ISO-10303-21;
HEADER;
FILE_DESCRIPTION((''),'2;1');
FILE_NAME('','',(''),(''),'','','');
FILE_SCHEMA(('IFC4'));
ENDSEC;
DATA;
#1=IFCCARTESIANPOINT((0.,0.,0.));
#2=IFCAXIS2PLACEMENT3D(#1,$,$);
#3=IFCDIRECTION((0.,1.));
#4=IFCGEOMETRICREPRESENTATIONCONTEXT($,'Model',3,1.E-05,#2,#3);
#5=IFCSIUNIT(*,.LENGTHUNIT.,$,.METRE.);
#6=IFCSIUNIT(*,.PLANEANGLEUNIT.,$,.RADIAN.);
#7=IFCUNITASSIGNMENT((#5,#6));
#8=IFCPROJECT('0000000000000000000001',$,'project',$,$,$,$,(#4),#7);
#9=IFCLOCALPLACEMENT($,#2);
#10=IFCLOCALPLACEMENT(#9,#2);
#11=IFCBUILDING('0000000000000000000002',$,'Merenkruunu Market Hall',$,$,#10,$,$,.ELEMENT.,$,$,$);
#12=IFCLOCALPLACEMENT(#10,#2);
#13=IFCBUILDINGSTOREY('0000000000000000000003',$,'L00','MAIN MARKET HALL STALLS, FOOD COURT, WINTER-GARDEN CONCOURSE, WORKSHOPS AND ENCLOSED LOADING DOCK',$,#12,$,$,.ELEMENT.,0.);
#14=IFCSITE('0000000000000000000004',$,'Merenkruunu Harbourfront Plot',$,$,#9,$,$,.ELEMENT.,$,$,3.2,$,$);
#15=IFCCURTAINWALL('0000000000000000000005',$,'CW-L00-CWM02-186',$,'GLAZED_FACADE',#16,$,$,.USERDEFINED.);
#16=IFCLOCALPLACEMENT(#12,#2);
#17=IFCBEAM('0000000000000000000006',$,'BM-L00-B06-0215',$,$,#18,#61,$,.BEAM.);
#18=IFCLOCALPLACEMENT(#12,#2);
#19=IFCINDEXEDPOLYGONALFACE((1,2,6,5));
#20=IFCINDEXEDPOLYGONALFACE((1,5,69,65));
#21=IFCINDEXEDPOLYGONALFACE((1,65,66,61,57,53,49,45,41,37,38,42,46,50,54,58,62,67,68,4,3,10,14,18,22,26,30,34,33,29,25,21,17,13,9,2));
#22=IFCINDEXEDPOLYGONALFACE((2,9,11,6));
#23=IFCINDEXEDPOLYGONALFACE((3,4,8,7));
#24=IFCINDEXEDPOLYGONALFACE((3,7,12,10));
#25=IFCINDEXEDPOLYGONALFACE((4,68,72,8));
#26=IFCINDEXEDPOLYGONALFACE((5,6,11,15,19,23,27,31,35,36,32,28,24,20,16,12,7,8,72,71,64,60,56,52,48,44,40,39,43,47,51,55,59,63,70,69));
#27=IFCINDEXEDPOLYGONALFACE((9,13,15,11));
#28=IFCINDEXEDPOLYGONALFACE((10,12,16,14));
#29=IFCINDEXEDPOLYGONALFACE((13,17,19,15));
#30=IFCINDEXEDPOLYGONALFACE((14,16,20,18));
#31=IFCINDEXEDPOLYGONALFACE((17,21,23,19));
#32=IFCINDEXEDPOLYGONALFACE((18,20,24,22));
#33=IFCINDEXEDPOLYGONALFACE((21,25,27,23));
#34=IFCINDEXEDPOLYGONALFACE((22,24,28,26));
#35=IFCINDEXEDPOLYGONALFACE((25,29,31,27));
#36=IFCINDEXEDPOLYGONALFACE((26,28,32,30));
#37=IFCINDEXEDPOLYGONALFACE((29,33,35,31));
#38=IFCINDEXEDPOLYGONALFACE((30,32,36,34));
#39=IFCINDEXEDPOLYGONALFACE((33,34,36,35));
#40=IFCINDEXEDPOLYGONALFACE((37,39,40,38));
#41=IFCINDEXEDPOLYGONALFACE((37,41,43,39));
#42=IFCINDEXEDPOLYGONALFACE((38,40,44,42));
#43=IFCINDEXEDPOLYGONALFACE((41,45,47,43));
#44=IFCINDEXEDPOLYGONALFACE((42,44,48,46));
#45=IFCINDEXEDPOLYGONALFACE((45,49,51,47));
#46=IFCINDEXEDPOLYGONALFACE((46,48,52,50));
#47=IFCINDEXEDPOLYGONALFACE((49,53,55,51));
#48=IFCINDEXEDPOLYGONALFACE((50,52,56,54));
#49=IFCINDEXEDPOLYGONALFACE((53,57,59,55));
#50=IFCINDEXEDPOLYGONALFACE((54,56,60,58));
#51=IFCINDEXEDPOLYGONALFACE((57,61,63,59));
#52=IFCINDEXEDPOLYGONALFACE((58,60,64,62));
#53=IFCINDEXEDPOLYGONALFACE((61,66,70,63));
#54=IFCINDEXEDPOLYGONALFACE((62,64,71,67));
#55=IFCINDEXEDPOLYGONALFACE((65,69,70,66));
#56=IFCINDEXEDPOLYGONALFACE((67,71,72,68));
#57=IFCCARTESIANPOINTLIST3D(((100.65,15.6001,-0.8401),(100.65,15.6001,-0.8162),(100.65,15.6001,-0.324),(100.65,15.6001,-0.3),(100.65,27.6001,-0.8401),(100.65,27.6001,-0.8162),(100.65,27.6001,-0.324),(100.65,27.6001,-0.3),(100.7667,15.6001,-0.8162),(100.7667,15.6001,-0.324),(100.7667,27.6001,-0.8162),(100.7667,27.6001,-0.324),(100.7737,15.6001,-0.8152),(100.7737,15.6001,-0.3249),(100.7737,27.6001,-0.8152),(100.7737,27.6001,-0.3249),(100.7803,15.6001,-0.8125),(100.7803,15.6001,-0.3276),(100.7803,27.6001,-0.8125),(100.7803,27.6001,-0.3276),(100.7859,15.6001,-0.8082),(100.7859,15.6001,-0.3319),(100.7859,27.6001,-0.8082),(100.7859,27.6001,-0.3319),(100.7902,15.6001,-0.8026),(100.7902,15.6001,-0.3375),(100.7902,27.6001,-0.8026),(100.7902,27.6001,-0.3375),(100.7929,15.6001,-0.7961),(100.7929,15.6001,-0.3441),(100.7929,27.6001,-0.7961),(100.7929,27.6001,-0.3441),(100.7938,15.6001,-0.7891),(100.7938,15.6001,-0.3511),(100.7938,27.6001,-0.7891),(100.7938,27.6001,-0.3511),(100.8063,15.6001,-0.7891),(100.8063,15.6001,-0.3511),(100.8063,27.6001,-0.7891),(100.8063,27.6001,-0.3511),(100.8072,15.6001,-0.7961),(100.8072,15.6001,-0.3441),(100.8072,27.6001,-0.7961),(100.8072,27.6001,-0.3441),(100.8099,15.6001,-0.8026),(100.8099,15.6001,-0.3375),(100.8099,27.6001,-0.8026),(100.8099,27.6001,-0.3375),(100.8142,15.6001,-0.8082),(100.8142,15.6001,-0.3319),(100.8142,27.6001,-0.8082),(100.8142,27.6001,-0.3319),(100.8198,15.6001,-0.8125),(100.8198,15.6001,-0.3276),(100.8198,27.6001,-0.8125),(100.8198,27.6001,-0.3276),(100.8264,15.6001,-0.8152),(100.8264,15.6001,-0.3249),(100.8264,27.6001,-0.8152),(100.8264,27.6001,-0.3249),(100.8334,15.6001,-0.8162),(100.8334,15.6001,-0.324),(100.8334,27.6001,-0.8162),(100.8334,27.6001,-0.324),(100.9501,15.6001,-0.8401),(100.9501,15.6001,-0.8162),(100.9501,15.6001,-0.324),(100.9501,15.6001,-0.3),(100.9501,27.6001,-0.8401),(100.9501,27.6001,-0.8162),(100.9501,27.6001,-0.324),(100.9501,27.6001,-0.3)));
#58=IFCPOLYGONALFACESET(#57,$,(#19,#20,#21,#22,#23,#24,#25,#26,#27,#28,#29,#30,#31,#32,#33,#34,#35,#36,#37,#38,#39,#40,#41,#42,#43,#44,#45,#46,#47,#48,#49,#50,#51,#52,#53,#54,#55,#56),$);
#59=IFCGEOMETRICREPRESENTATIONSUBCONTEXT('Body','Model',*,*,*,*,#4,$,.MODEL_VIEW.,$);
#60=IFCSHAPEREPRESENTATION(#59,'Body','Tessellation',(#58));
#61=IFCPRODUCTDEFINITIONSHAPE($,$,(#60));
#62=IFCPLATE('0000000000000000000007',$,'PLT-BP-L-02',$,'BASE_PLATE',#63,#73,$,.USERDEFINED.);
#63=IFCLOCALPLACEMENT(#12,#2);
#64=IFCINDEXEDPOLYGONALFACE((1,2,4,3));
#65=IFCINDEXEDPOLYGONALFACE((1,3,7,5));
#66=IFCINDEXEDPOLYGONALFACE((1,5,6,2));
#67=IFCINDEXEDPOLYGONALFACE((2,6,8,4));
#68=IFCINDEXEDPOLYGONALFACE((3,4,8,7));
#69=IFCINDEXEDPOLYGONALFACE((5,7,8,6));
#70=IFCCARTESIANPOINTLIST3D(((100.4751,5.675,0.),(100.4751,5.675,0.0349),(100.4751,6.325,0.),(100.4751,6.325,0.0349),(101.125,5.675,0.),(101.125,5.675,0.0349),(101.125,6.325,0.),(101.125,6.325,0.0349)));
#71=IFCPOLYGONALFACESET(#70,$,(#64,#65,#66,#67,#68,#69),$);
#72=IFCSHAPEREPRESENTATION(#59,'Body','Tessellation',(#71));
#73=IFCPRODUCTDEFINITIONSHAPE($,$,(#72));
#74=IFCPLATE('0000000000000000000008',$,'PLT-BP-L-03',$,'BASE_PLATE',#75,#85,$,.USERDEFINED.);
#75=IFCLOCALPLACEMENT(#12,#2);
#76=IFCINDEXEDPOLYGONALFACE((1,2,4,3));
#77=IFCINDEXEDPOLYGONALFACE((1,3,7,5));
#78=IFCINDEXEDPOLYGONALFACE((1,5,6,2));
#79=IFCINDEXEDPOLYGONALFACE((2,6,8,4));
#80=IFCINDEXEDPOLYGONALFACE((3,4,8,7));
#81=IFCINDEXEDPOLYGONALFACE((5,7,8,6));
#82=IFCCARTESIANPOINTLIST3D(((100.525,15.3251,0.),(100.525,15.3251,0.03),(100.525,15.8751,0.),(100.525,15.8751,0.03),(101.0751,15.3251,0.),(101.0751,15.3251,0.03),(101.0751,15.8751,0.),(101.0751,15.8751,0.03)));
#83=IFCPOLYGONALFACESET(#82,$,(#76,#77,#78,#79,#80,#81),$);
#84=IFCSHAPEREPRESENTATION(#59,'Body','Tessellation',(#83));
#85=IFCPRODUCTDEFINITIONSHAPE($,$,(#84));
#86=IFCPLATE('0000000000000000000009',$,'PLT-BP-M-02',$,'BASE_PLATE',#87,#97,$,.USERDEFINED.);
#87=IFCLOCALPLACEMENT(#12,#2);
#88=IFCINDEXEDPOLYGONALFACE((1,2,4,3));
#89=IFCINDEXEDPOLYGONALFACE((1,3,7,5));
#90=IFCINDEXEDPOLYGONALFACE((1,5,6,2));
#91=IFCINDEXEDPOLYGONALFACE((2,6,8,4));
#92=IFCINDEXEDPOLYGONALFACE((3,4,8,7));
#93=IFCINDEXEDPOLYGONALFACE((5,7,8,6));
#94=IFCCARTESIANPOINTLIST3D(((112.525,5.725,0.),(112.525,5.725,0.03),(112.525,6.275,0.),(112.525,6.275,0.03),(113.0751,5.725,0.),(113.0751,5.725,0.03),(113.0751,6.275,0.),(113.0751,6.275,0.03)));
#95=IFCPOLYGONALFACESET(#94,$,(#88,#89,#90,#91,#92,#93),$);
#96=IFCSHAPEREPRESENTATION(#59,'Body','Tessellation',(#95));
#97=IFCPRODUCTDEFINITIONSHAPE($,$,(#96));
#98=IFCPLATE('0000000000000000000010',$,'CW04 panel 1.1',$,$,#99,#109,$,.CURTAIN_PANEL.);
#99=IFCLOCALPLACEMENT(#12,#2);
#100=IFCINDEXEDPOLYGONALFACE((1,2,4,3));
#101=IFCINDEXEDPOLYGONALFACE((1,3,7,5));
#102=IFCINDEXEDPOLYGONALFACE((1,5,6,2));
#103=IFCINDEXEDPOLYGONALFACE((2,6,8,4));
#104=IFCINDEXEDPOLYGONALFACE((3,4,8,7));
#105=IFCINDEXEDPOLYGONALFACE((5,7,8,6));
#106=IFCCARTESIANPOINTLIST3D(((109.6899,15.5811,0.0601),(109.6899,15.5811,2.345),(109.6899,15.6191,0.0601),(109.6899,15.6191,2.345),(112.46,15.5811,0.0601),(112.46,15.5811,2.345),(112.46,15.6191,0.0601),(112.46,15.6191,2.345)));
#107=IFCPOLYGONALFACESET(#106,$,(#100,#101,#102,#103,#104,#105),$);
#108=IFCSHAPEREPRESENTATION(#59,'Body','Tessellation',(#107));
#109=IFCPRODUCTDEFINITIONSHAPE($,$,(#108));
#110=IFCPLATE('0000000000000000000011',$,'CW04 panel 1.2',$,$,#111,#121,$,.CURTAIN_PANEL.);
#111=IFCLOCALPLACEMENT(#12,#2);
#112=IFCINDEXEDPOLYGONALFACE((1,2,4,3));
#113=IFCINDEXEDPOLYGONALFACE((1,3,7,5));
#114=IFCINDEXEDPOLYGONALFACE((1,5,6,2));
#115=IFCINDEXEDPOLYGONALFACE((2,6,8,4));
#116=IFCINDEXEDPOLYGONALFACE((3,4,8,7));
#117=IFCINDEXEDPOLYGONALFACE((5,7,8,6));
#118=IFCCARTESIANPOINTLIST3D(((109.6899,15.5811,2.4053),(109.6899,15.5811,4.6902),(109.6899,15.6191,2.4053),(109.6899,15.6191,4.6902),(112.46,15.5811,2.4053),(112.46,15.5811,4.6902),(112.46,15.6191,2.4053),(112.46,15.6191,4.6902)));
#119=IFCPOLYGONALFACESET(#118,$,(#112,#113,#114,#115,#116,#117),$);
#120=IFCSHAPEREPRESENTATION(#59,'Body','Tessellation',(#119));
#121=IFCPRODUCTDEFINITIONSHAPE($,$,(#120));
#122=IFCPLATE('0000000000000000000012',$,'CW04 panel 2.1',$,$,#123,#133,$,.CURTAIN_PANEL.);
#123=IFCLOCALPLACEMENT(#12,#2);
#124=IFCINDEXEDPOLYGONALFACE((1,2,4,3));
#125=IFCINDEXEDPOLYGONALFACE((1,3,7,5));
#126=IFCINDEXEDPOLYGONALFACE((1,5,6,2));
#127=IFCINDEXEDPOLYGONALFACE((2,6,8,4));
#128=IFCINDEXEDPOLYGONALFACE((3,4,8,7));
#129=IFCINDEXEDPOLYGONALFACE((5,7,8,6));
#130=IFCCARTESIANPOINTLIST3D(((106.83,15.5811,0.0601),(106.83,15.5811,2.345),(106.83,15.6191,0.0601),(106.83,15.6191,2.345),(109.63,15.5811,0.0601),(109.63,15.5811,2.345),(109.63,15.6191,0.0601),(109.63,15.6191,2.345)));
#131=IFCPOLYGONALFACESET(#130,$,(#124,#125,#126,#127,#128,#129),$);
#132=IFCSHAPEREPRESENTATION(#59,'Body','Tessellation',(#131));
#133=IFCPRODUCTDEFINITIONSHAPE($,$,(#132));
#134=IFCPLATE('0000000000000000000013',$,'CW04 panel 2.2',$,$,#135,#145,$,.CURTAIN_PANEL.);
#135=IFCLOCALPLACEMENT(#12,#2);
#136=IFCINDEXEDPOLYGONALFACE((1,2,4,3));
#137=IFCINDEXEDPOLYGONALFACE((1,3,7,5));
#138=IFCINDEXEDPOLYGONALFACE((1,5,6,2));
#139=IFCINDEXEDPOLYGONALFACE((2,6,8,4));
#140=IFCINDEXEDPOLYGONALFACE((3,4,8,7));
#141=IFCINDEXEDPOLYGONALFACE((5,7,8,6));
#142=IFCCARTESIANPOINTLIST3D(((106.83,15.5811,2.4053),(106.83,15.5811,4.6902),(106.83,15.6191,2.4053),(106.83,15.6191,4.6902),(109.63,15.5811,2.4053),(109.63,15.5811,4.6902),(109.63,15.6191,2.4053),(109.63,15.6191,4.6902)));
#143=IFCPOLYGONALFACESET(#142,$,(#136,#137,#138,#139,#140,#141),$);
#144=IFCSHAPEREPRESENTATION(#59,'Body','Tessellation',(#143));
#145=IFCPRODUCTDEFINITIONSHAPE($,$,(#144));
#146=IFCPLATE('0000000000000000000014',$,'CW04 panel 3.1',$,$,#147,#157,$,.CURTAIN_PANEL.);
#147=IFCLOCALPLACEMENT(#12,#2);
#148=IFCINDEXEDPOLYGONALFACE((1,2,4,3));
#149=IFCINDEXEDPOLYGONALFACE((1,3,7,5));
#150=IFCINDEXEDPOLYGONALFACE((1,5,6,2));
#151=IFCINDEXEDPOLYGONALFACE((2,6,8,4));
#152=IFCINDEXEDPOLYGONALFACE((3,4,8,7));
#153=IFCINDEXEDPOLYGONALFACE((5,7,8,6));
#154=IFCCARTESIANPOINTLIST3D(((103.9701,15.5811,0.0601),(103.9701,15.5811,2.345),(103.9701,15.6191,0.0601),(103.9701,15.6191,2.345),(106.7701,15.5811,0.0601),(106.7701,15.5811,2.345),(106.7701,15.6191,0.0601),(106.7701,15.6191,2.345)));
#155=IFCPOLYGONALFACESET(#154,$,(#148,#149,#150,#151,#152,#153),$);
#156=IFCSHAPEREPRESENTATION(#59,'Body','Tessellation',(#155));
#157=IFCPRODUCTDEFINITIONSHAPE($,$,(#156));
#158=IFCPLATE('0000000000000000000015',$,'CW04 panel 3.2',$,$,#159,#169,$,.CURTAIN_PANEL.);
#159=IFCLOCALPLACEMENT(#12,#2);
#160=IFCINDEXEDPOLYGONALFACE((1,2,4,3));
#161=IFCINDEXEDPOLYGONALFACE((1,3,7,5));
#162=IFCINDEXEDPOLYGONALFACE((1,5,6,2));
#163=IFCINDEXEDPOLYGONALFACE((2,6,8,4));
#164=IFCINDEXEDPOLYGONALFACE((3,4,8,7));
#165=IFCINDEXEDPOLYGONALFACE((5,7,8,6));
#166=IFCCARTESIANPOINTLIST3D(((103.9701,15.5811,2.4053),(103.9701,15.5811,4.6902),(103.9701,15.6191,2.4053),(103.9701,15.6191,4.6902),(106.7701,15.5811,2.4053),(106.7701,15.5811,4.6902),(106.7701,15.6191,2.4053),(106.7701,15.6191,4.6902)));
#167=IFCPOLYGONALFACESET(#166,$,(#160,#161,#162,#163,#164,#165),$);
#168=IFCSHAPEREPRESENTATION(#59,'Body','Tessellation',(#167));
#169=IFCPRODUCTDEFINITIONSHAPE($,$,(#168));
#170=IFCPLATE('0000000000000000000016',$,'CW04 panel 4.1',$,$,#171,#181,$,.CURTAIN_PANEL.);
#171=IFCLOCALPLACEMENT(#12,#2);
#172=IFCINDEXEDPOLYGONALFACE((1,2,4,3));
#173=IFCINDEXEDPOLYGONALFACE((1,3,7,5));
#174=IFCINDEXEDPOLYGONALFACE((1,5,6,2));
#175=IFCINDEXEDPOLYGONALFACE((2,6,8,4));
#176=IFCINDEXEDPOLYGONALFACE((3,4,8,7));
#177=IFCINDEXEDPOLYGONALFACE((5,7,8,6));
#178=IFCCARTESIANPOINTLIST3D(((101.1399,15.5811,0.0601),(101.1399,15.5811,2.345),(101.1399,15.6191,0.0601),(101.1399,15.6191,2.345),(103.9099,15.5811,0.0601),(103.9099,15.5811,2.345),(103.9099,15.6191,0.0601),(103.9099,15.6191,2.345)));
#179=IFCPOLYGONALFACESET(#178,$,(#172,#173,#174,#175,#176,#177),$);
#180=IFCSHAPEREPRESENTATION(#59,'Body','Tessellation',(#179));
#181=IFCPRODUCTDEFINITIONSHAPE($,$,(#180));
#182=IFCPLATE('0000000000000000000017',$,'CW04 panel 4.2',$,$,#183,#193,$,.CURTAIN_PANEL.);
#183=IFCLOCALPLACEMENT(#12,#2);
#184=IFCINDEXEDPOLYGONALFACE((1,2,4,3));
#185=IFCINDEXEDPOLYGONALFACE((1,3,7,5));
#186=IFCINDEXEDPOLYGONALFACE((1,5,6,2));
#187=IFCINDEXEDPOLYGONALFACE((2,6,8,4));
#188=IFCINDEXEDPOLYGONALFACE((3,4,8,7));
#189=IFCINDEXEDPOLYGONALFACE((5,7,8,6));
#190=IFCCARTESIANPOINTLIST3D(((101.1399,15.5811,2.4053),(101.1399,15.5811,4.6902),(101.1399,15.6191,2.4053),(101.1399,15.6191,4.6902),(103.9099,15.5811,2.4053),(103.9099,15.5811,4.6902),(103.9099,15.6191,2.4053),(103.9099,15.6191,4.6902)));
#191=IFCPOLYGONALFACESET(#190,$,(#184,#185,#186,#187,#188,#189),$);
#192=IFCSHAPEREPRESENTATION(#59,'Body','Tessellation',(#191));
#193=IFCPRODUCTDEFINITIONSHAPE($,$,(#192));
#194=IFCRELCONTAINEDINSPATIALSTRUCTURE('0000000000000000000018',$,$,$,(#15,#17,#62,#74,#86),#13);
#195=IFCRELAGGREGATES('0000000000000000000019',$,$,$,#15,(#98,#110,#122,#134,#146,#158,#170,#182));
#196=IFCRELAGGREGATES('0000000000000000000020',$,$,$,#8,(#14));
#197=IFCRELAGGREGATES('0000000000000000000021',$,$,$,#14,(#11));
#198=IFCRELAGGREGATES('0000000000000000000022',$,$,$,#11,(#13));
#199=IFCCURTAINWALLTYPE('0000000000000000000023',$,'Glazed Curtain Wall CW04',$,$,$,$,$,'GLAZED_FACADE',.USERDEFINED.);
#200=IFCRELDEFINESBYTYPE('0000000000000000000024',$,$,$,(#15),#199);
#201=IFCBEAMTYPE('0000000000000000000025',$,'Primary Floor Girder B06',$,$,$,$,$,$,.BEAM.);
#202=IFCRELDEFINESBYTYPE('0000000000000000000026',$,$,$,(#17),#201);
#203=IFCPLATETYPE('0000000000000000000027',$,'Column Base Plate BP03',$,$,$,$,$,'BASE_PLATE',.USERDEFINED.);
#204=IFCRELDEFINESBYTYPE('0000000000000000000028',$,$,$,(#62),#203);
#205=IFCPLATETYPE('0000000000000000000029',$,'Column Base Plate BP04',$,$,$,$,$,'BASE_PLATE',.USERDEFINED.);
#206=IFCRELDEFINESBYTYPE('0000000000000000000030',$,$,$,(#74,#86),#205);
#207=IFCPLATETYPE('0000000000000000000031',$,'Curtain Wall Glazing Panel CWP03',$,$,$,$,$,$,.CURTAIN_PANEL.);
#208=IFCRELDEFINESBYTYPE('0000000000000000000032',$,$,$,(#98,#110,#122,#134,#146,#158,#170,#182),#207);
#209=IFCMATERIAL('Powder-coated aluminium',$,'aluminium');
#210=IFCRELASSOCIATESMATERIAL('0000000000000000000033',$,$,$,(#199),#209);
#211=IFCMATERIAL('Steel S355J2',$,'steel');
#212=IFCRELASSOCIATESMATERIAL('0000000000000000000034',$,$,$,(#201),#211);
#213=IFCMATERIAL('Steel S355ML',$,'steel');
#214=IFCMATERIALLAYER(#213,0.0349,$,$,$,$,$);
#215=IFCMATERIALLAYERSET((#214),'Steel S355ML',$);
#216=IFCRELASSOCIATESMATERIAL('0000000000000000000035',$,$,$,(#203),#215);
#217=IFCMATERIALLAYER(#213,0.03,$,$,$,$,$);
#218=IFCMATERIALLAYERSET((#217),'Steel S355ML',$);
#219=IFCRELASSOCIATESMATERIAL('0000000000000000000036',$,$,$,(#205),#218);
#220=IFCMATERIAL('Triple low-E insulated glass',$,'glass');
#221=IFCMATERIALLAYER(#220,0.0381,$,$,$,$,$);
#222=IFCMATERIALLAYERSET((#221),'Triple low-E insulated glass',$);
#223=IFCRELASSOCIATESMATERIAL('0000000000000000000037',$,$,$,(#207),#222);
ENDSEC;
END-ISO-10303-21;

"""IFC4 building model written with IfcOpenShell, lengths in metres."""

from ifc_helpers import new_model, si_unit, direction, frame, origin, origin_2d, place, context, subcontext, project, spatial, rectangle, i_section, extrude, material, layer, layer_set, material_profile, profile_set, type_object, element, aggregate, save


model = new_model("IFC4")

# Units and contexts
model_context = context("Model", 3, precision=1e-05, world=origin(), true_north=direction((0.0, 1.0)))
body_context = subcontext(model_context, "Body", "Model", "MODEL_VIEW")
ifc_project = project(units=[si_unit("LENGTHUNIT", "METRE"), si_unit("PLANEANGLEUNIT", "RADIAN")], contexts=[model_context])

# Site, building, storey
site_placement = place(None, origin())
site = spatial("IfcSite", under=ifc_project, at=site_placement, Name="Merenkruunu Harbourfront Plot", CompositionType="ELEMENT", RefElevation=3.2)
building_placement = place(site_placement, origin())
building = spatial("IfcBuilding", under=site, at=building_placement, Name="Merenkruunu Market Hall", CompositionType="ELEMENT")
storey_placement = place(building_placement, origin())
storey = spatial("IfcBuildingStorey", under=building, at=storey_placement, Name="L00", Description="MAIN MARKET HALL STALLS, FOOD COURT, WINTER-GARDEN CONCOURSE, WORKSHOPS AND ENCLOSED LOADING DOCK", CompositionType="ELEMENT", Elevation=0.0)

# Shared definitions
ifc_material_1 = material(Name="Steel S355J2", Category="steel")
ifc_material_2 = material(Name="Steel S355ML", Category="steel")

# Curtain wall
ifc_material_3 = material(Name="Powder-coated aluminium", Category="aluminium")
curtain_wall_type = type_object("IfcCurtainWallType", Name="Glazed Curtain Wall CW04", ElementType="GLAZED_FACADE", PredefinedType="USERDEFINED", material=ifc_material_3)
curtain_wall_placement = place(storey_placement, origin())
curtain_wall = element("IfcCurtainWall", 1, at=curtain_wall_placement, inside=storey, type_object=curtain_wall_type, Name="CW-L00-CWM02-186", ObjectType="GLAZED_FACADE", PredefinedType="USERDEFINED")

# Beam
ifc_material_profile_1 = material_profile(ifc_material_1, i_section(OverallWidth=0.3, OverallDepth=0.54, WebThickness=0.0125, FlangeThickness=0.0239, FilletRadius=0.0271, at=origin_2d()), Name="HEA 550")
ifc_profile_set_1 = profile_set([ifc_material_profile_1], Name="Steel S355J2")
beam_type_1 = type_object("IfcBeamType", Name="Primary Floor Girder B06", PredefinedType="BEAM", material=ifc_profile_set_1)
beam_1_placement = place(storey_placement, frame((100.8, 15.6001, -0.5701), z_axis=(0.0, 1.0, 0.0), x_axis=(-1.0, 0.0, 0.0)))
element("IfcBeam", 2, at=beam_1_placement, inside=storey, type_object=beam_type_1, Name="BM-L00-B06-0215", PredefinedType="BEAM", context=body_context, shape_type="SweptSolid", body=[
    extrude(i_section(OverallWidth=0.3, OverallDepth=0.54, WebThickness=0.0125, FlangeThickness=0.0239, FilletRadius=0.0271, at=origin_2d()), origin(), (0.0, 0.0, 1.0), 12.0),
])

# Plates
ifc_layer_1 = layer(ifc_material_2, 0.0349)
ifc_layer_set_1 = layer_set([ifc_layer_1], Name="Steel S355ML")
plate_type_1 = type_object("IfcPlateType", Name="Column Base Plate BP03", ElementType="BASE_PLATE", PredefinedType="USERDEFINED", material=ifc_layer_set_1)
plate_1_placement = place(storey_placement, frame((100.8, 6.0, 0.0), z_axis=(0.0, 0.0, 1.0), x_axis=(1.0, 0.0, 0.0)))
element("IfcPlate", 3, at=plate_1_placement, inside=storey, type_object=plate_type_1, Name="PLT-BP-L-02", ObjectType="BASE_PLATE", PredefinedType="USERDEFINED", context=body_context, shape_type="SweptSolid", body=[
    extrude(rectangle(XDim=0.6499, YDim=0.6499, at=origin_2d()), origin(), (0.0, 0.0, 1.0), 0.0349),
])
ifc_layer_2 = layer(ifc_material_2, 0.03)
ifc_layer_set_2 = layer_set([ifc_layer_2], Name="Steel S355ML")
plate_type_2 = type_object("IfcPlateType", Name="Column Base Plate BP04", ElementType="BASE_PLATE", PredefinedType="USERDEFINED", material=ifc_layer_set_2)
for number, where, z_axis, x_axis, name in (
    (4, (100.8, 15.6001, 0.0), (0.0, 0.0, 1.0), (1.0, 0.0, 0.0), "PLT-BP-L-03"),
    (5, (112.8, 6.0, 0.0), (0.0, 0.0, 1.0), (1.0, 0.0, 0.0), "PLT-BP-M-02"),
):
    element("IfcPlate", number, at=place(storey_placement, frame(where, z_axis=z_axis, x_axis=x_axis)), inside=storey, type_object=plate_type_2, Name=name, ObjectType="BASE_PLATE", PredefinedType="USERDEFINED", context=body_context, shape_type="SweptSolid", body=[
        extrude(rectangle(XDim=0.55, YDim=0.55, at=origin_2d()), origin(), (0.0, 0.0, 1.0), 0.03),
    ])

# Plates
ifc_material_4 = material(Name="Triple low-E insulated glass", Category="glass")
ifc_layer_3 = layer(ifc_material_4, 0.0381)
ifc_layer_set_3 = layer_set([ifc_layer_3], Name="Triple low-E insulated glass")
plate_type_3 = type_object("IfcPlateType", Name="Curtain Wall Glazing Panel CWP03", PredefinedType="CURTAIN_PANEL", material=ifc_layer_set_3)
plate_2_placement = place(storey_placement, frame((111.075, 15.6001, 0.0601), z_axis=(0.0, 0.0, 1.0), x_axis=(-1.0, 0.0, 0.0)))
plate_2 = element("IfcPlate", 6, at=plate_2_placement, type_object=plate_type_3, Name="CW04 panel 1.1", PredefinedType="CURTAIN_PANEL", context=body_context, shape_type="SweptSolid", body=[
    extrude(rectangle(XDim=2.77, YDim=0.0381, at=origin_2d()), origin(), (0.0, 0.0, 1.0), 2.2849),
])
plate_3_placement = place(storey_placement, frame((111.075, 15.6001, 2.4053), z_axis=(0.0, 0.0, 1.0), x_axis=(-1.0, 0.0, 0.0)))
plate_3 = element("IfcPlate", 7, at=plate_3_placement, type_object=plate_type_3, Name="CW04 panel 1.2", PredefinedType="CURTAIN_PANEL", context=body_context, shape_type="SweptSolid", body=[
    extrude(rectangle(XDim=2.77, YDim=0.0381, at=origin_2d()), origin(), (0.0, 0.0, 1.0), 2.2849),
])
plate_4_placement = place(storey_placement, frame((108.23, 15.6001, 0.0601), z_axis=(0.0, 0.0, 1.0), x_axis=(-1.0, 0.0, 0.0)))
plate_4 = element("IfcPlate", 8, at=plate_4_placement, type_object=plate_type_3, Name="CW04 panel 2.1", PredefinedType="CURTAIN_PANEL", context=body_context, shape_type="SweptSolid", body=[
    extrude(rectangle(XDim=2.8, YDim=0.0381, at=origin_2d()), origin(), (0.0, 0.0, 1.0), 2.2849),
])
plate_5_placement = place(storey_placement, frame((108.23, 15.6001, 2.4053), z_axis=(0.0, 0.0, 1.0), x_axis=(-1.0, 0.0, 0.0)))
plate_5 = element("IfcPlate", 9, at=plate_5_placement, type_object=plate_type_3, Name="CW04 panel 2.2", PredefinedType="CURTAIN_PANEL", context=body_context, shape_type="SweptSolid", body=[
    extrude(rectangle(XDim=2.8, YDim=0.0381, at=origin_2d()), origin(), (0.0, 0.0, 1.0), 2.2849),
])
plate_6_placement = place(storey_placement, frame((105.3701, 15.6001, 0.0601), z_axis=(0.0, 0.0, 1.0), x_axis=(-1.0, 0.0, 0.0)))
plate_6 = element("IfcPlate", 10, at=plate_6_placement, type_object=plate_type_3, Name="CW04 panel 3.1", PredefinedType="CURTAIN_PANEL", context=body_context, shape_type="SweptSolid", body=[
    extrude(rectangle(XDim=2.8, YDim=0.0381, at=origin_2d()), origin(), (0.0, 0.0, 1.0), 2.2849),
])
plate_7_placement = place(storey_placement, frame((105.3701, 15.6001, 2.4053), z_axis=(0.0, 0.0, 1.0), x_axis=(-1.0, 0.0, 0.0)))
plate_7 = element("IfcPlate", 11, at=plate_7_placement, type_object=plate_type_3, Name="CW04 panel 3.2", PredefinedType="CURTAIN_PANEL", context=body_context, shape_type="SweptSolid", body=[
    extrude(rectangle(XDim=2.8, YDim=0.0381, at=origin_2d()), origin(), (0.0, 0.0, 1.0), 2.2849),
])
plate_8_placement = place(storey_placement, frame((102.5249, 15.6001, 0.0601), z_axis=(0.0, 0.0, 1.0), x_axis=(-1.0, 0.0, 0.0)))
plate_8 = element("IfcPlate", 12, at=plate_8_placement, type_object=plate_type_3, Name="CW04 panel 4.1", PredefinedType="CURTAIN_PANEL", context=body_context, shape_type="SweptSolid", body=[
    extrude(rectangle(XDim=2.77, YDim=0.0381, at=origin_2d()), origin(), (0.0, 0.0, 1.0), 2.2849),
])
plate_9_placement = place(storey_placement, frame((102.5249, 15.6001, 2.4053), z_axis=(0.0, 0.0, 1.0), x_axis=(-1.0, 0.0, 0.0)))
plate_9 = element("IfcPlate", 13, at=plate_9_placement, type_object=plate_type_3, Name="CW04 panel 4.2", PredefinedType="CURTAIN_PANEL", context=body_context, shape_type="SweptSolid", body=[
    extrude(rectangle(XDim=2.77, YDim=0.0381, at=origin_2d()), origin(), (0.0, 0.0, 1.0), 2.2849),
])
aggregate(curtain_wall, [plate_2, plate_3, plate_4, plate_5, plate_6, plate_7, plate_8, plate_9])

save(model, "model.ifc")
